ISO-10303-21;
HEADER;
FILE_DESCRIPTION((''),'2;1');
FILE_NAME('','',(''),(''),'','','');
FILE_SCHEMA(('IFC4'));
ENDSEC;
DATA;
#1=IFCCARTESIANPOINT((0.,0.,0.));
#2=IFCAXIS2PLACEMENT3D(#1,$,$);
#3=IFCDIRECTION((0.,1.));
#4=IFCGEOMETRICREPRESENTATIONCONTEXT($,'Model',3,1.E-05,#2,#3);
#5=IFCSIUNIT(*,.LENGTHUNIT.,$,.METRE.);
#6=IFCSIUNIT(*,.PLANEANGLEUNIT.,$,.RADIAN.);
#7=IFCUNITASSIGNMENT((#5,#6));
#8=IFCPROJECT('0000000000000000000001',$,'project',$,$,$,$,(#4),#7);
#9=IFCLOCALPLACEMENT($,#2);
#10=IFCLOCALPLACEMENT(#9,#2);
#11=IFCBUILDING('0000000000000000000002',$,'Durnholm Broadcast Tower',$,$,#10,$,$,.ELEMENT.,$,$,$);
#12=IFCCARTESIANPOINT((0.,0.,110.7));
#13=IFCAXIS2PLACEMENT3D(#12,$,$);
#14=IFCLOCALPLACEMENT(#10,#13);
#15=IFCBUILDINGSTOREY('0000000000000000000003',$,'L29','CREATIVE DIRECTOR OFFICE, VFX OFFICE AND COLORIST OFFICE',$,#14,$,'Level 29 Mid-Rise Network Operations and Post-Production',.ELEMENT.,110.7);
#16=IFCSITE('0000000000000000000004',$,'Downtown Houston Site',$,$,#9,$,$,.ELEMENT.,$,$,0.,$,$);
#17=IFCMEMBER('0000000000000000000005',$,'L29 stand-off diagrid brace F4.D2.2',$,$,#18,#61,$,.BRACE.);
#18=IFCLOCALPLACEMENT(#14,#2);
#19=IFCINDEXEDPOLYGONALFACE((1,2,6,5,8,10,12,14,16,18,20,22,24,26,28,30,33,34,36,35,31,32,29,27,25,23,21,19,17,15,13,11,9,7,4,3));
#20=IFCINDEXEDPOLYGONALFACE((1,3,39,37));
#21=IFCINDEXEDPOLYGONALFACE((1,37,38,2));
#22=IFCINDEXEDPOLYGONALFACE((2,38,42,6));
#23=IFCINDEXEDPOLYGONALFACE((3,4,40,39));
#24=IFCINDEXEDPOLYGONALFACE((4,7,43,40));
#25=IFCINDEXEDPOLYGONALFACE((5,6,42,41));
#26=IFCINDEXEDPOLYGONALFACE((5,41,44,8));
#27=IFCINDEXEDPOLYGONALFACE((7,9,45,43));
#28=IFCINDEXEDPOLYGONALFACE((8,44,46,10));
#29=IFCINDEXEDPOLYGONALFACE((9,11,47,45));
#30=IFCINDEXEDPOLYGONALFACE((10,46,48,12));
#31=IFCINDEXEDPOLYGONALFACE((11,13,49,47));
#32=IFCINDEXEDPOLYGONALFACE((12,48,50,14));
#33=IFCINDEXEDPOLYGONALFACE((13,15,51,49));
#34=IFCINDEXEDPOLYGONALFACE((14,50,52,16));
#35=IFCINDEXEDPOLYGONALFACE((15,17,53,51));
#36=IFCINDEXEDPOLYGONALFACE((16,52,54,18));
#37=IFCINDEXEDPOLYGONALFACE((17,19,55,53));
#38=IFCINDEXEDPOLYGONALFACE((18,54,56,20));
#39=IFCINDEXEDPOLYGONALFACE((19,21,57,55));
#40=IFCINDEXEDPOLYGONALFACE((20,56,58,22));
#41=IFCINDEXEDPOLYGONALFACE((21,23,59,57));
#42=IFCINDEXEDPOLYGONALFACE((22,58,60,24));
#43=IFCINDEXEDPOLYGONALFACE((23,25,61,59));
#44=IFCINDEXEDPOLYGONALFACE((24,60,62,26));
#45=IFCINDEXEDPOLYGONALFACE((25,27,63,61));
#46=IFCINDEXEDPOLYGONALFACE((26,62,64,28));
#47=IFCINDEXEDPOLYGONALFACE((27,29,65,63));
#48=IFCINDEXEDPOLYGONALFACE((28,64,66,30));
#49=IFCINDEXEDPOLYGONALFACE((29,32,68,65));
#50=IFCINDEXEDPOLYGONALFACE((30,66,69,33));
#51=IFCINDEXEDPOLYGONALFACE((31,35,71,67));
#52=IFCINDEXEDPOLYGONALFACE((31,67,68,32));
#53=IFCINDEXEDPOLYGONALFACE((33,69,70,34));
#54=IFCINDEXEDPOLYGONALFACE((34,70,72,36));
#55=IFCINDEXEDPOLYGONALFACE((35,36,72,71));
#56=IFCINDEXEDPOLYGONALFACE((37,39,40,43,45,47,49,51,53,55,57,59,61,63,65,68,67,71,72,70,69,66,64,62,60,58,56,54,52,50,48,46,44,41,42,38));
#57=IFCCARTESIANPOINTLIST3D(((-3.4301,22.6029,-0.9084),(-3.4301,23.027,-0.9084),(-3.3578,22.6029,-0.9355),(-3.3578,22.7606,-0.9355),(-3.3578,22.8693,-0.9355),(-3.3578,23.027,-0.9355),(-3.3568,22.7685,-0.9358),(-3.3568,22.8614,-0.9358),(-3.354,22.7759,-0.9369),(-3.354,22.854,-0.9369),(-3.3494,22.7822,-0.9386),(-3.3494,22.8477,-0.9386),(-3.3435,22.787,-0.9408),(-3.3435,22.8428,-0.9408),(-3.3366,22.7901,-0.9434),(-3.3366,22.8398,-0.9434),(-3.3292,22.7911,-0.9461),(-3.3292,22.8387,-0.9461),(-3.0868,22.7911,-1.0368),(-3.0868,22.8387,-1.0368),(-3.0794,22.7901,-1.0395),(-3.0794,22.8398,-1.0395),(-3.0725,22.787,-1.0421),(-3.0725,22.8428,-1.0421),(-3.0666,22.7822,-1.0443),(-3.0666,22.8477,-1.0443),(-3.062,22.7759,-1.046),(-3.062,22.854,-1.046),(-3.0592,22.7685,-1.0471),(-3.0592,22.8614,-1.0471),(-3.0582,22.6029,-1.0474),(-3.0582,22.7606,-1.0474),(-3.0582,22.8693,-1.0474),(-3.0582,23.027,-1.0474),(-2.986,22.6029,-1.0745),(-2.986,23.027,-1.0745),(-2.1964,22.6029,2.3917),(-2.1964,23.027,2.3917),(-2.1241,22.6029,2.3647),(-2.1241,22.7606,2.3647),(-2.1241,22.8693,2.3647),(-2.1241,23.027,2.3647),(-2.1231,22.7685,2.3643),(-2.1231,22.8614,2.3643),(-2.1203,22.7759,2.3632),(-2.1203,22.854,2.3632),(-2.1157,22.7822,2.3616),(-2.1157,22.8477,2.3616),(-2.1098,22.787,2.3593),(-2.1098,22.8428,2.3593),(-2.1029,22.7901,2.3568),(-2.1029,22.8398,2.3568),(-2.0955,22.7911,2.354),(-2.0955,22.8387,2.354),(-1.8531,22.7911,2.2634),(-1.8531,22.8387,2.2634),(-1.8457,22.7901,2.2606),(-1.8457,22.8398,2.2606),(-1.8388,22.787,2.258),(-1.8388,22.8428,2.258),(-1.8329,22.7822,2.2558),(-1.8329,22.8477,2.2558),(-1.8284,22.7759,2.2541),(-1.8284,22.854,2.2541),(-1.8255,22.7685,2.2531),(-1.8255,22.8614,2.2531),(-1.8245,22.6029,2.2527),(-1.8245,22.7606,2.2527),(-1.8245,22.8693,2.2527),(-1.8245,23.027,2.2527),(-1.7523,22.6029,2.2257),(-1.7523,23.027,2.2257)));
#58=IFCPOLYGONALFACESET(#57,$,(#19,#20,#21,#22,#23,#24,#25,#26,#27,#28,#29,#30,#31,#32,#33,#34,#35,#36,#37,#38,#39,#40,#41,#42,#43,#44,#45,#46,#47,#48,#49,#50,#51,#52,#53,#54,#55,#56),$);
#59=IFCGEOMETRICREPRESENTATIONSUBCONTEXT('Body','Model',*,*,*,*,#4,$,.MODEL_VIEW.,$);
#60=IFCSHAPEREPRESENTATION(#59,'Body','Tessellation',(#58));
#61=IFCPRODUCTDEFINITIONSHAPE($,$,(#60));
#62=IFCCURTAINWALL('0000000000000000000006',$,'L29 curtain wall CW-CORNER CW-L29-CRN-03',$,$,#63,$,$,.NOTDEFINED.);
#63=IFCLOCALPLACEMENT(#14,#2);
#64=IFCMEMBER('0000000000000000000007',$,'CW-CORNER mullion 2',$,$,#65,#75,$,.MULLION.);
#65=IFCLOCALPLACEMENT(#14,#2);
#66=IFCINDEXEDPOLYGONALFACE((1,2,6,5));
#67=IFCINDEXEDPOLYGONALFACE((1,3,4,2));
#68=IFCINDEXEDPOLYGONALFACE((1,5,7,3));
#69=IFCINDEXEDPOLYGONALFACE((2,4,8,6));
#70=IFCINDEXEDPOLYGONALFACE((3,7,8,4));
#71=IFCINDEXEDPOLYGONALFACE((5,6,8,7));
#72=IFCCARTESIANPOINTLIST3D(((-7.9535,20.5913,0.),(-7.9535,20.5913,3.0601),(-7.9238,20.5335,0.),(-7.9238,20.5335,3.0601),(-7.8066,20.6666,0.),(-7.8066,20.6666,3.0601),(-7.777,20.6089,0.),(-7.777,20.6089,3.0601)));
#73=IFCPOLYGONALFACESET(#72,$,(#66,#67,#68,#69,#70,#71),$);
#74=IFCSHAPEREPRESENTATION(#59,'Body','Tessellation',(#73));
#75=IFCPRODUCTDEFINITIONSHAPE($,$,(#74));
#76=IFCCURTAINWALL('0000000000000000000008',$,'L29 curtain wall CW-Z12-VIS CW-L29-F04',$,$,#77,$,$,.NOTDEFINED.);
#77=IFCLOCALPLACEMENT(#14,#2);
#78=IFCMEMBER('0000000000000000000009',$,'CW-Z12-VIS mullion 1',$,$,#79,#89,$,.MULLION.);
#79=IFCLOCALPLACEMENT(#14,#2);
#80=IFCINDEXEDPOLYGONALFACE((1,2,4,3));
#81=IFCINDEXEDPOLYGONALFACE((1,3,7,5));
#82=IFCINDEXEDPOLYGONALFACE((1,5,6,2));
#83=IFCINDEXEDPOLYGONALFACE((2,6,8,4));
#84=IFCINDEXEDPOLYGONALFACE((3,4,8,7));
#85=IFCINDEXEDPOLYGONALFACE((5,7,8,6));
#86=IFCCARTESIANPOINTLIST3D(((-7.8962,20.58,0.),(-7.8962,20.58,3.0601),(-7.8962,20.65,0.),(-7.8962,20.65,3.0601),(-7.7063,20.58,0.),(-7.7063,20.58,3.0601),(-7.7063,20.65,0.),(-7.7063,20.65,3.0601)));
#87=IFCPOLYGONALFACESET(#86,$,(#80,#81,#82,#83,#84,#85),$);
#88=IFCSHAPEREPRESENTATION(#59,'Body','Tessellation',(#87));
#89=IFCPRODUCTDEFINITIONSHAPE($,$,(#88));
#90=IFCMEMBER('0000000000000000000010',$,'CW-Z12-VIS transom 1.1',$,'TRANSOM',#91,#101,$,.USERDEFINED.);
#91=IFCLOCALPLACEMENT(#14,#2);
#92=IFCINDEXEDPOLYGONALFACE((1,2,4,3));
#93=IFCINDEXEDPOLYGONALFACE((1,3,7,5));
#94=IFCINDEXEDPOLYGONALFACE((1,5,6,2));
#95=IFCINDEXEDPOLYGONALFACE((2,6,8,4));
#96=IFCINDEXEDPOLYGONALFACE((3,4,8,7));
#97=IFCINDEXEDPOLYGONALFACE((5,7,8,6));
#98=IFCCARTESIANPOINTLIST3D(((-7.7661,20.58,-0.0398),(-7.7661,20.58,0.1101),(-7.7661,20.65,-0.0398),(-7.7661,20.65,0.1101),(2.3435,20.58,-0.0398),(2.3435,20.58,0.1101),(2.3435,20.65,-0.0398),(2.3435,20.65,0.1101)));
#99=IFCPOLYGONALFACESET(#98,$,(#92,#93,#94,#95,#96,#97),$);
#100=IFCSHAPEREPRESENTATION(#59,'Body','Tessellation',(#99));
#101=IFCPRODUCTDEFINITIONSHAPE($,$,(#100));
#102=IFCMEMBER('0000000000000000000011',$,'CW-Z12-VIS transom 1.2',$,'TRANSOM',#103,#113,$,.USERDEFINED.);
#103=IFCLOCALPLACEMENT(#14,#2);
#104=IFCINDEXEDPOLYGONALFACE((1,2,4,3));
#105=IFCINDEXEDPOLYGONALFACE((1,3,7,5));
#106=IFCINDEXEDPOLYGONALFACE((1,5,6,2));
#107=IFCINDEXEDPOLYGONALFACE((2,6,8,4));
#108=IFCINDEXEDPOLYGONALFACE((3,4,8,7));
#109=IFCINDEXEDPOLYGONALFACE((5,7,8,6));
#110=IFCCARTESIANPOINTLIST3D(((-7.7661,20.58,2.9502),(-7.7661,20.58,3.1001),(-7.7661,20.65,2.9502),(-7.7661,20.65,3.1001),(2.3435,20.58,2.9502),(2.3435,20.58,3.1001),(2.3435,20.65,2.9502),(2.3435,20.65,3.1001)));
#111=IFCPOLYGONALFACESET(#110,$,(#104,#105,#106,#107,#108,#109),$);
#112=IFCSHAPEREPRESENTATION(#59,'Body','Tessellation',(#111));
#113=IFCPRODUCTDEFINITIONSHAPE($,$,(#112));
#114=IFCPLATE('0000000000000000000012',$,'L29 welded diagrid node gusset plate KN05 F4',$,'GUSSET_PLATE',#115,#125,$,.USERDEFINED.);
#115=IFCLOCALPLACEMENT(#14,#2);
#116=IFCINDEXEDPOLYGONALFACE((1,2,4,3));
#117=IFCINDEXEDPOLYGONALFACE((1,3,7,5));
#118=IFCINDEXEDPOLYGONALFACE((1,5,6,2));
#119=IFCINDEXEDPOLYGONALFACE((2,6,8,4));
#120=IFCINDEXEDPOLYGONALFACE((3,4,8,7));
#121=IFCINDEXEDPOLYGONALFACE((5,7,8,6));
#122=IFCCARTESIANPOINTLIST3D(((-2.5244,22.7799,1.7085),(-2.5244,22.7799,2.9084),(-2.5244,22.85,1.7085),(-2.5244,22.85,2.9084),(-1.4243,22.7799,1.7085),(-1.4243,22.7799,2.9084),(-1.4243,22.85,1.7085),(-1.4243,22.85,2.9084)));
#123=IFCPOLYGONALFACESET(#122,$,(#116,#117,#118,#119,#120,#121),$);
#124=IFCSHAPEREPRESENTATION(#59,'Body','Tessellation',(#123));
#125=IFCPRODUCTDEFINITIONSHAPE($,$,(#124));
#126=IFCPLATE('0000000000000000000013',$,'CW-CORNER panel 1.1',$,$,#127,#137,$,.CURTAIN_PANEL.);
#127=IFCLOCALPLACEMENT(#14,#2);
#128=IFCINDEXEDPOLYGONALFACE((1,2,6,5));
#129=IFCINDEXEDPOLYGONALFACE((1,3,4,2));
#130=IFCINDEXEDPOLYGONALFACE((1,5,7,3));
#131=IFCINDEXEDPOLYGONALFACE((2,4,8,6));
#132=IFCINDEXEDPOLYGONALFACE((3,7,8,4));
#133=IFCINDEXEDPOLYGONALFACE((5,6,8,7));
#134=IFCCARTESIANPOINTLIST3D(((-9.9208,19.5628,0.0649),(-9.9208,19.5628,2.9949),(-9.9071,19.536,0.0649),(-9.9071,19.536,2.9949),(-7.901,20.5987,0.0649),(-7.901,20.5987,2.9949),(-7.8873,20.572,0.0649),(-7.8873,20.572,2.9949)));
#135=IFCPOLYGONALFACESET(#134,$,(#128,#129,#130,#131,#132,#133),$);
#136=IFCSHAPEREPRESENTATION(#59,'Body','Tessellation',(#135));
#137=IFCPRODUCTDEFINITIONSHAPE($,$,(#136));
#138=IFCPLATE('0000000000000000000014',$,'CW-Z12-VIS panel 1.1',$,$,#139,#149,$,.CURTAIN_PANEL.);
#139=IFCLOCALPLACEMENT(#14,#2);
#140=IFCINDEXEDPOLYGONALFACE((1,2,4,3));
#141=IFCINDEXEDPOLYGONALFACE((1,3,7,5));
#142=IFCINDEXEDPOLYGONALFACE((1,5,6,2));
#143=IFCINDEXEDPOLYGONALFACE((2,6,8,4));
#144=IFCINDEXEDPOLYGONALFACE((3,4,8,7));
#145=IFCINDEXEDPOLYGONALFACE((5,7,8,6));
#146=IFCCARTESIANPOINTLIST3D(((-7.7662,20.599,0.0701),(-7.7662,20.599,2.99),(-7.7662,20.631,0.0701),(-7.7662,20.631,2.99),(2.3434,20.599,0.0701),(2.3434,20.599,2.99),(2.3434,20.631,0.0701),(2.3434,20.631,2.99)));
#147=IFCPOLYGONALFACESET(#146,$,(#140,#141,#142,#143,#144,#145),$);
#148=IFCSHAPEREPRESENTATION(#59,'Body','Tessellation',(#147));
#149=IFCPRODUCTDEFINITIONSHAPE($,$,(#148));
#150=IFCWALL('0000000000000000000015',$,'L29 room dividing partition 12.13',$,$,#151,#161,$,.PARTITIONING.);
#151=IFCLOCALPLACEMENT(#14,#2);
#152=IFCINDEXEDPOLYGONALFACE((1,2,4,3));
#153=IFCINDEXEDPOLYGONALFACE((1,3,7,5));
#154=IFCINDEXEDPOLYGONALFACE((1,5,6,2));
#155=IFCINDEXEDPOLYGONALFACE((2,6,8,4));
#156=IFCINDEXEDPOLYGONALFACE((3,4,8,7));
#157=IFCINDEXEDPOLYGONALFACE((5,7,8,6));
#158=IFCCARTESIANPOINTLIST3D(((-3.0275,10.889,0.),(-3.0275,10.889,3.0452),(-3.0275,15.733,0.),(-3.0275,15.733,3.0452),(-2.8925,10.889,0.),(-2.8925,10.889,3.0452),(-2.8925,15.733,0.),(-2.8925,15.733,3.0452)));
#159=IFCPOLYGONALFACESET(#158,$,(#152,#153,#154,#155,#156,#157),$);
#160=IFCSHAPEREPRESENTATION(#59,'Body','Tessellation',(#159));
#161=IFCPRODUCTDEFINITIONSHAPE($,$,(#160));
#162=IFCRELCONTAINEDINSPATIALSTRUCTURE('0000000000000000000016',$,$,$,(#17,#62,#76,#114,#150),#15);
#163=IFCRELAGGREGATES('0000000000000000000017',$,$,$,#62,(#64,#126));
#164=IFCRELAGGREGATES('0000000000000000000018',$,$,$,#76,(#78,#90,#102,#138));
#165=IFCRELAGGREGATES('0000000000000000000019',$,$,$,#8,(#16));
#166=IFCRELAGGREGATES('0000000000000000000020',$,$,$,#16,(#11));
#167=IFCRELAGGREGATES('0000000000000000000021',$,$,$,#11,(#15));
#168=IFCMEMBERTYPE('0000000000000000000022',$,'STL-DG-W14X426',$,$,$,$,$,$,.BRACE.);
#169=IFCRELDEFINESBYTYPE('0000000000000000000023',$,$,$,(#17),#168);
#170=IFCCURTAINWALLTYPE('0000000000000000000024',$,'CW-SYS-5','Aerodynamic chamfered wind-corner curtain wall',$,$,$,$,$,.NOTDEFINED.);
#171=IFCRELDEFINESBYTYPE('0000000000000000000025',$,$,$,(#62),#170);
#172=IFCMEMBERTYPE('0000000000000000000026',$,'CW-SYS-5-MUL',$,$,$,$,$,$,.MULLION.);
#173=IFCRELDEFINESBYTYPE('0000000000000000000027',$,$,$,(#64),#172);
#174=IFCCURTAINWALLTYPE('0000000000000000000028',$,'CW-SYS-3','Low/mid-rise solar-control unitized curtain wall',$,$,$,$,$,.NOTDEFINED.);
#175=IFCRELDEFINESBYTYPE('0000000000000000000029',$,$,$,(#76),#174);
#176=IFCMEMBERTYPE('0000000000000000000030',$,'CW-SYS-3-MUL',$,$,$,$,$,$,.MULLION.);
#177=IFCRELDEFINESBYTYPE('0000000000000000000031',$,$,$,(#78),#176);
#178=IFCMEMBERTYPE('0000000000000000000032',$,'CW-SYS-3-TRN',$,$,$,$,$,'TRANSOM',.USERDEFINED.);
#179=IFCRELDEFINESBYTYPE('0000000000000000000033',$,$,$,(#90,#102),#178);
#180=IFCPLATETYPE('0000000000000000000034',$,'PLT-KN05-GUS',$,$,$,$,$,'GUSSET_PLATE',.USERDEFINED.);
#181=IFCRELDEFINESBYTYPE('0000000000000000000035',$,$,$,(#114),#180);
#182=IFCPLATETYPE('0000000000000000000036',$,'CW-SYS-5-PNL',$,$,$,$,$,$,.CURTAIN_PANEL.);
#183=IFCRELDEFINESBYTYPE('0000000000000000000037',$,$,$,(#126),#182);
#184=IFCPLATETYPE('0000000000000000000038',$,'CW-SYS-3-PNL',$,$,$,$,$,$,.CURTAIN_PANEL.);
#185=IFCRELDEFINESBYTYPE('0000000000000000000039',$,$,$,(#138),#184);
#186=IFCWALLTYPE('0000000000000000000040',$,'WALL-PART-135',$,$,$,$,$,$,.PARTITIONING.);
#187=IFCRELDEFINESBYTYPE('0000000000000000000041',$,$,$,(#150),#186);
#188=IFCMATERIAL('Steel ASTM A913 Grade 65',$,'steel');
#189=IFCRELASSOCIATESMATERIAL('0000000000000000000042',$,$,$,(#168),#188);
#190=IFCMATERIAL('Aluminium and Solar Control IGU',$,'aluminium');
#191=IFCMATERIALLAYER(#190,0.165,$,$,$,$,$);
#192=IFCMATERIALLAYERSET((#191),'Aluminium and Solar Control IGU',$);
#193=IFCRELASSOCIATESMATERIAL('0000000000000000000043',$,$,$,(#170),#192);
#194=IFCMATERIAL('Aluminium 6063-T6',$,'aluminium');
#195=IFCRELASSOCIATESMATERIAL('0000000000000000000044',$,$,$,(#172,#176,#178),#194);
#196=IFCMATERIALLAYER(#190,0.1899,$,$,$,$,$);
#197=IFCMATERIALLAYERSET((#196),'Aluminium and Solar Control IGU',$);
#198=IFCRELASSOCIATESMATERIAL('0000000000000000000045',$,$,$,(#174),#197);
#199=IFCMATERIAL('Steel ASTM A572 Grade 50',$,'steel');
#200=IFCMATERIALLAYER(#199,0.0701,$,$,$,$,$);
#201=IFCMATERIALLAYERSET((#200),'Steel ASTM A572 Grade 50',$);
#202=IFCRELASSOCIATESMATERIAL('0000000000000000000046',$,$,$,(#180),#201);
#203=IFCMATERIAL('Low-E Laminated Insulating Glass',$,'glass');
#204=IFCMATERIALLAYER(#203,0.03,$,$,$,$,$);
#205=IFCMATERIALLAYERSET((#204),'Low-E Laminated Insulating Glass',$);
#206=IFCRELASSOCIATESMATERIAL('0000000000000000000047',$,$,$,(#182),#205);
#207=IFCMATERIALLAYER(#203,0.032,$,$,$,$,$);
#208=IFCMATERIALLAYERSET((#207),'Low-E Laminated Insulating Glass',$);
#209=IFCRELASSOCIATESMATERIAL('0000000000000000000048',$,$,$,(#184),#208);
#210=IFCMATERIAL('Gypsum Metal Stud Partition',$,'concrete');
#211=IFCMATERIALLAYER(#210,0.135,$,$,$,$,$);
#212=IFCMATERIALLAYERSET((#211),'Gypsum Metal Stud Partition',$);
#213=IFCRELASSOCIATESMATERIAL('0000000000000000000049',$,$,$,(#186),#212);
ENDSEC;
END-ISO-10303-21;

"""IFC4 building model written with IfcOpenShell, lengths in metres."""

from ifc_helpers import new_model, si_unit, direction, frame, frame_2d, origin, origin_2d, place, context, subcontext, project, spatial, rectangle, i_section, extrude, source, transform, mapped, material, layer, layer_set, material_profile, profile_set, type_object, type_shapes, element, aggregate, save


model = new_model("IFC4")

# Units and contexts
model_context = context("Model", 3, precision=1e-05, world=origin(), true_north=direction((0.0, 1.0)))
body_context = subcontext(model_context, "Body", "Model", "MODEL_VIEW")
ifc_project = project(units=[si_unit("LENGTHUNIT", "METRE"), si_unit("PLANEANGLEUNIT", "RADIAN")], contexts=[model_context])

# Site, building, storey
site_placement = place(None, origin())
site = spatial("IfcSite", under=ifc_project, at=site_placement, Name="Downtown Houston Site", CompositionType="ELEMENT", RefElevation=0.0)
building_placement = place(site_placement, origin())
building = spatial("IfcBuilding", under=site, at=building_placement, Name="Durnholm Broadcast Tower", CompositionType="ELEMENT")
storey_placement = place(building_placement, frame((0.0, 0.0, 110.7)))
storey = spatial("IfcBuildingStorey", under=building, at=storey_placement, Name="L29", Description="CREATIVE DIRECTOR OFFICE, VFX OFFICE AND COLORIST OFFICE", LongName="Level 29 Mid-Rise Network Operations and Post-Production", CompositionType="ELEMENT", Elevation=110.7)

# Member
ifc_material_1 = material(Name="Steel ASTM A913 Grade 65", Category="steel")
ifc_material_profile_1 = material_profile(ifc_material_1, i_section(OverallWidth=0.4241, OverallDepth=0.4741, WebThickness=0.0476, FlangeThickness=0.0771, FilletRadius=0.0305, at=origin_2d()), Name="W14X426")
ifc_profile_set_1 = profile_set([ifc_material_profile_1], Name="Steel ASTM A913 Grade 65")
member_type_1 = type_object("IfcMemberType", Name="STL-DG-W14X426", PredefinedType="BRACE", material=ifc_profile_set_1)
shared_shape_1 = source(origin(), body_context, "Body", "SweptSolid", [
    extrude(i_section(OverallWidth=0.4241, OverallDepth=0.4741, WebThickness=0.0476, FlangeThickness=0.0771, FilletRadius=0.0305, at=origin_2d()), origin(), (0.0, 0.0, 1.0), 3.5232),
])
type_shapes(member_type_1, [shared_shape_1])
for number, where, z_axis, x_axis, name in (
    (1, (-3.208, 22.8149, -0.9915), (0.350159, 0.0, 0.93669), (0.0, 1.0, 0.0), "L29 stand-off diagrid brace F4.D2.2"),
):
    element("IfcMember", number, at=place(storey_placement, frame(where, z_axis=z_axis, x_axis=x_axis)), inside=storey, type_object=member_type_1, Name=name, PredefinedType="BRACE", context=body_context, shape_type="MappedRepresentation", body=[
        mapped(shared_shape_1, transform((0.0, 0.0, 0.0), x_axis=(1.0, 0.0, 0.0), y_axis=(0.0, 1.0, 0.0), z_axis=(0.0, 0.0, 1.0), scale=1.0)),
    ])

# Curtain wall, member
ifc_material_2 = material(Name="Aluminium and Solar Control IGU", Category="aluminium")
ifc_layer_1 = layer(ifc_material_2, 0.165)
ifc_layer_set_1 = layer_set([ifc_layer_1], Name="Aluminium and Solar Control IGU")
curtain_wall_type_1 = type_object("IfcCurtainWallType", Name="CW-SYS-5", Description="Aerodynamic chamfered wind-corner curtain wall", PredefinedType="NOTDEFINED", material=ifc_layer_set_1)
curtain_wall_1_placement = place(storey_placement, origin())
curtain_wall_1 = element("IfcCurtainWall", 2, at=curtain_wall_1_placement, inside=storey, type_object=curtain_wall_type_1, Name="L29 curtain wall CW-CORNER CW-L29-CRN-03", PredefinedType="NOTDEFINED")
ifc_material_3 = material(Name="Aluminium 6063-T6", Category="aluminium")
ifc_material_profile_2 = material_profile(ifc_material_3, rectangle(XDim=0.0649, YDim=0.165, at=origin_2d()), Name="CWM65X165")
ifc_profile_set_2 = profile_set([ifc_material_profile_2], Name="Aluminium 6063-T6")
member_type_2 = type_object("IfcMemberType", Name="CW-SYS-5-MUL", PredefinedType="MULLION", material=ifc_profile_set_2)
shared_shape_2 = source(origin(), body_context, "Body", "SweptSolid", [
    extrude(rectangle(XDim=0.0649, YDim=0.165, at=origin_2d()), origin(), (0.0, 0.0, 1.0), 3.0601),
])
type_shapes(member_type_2, [shared_shape_2])
member_1_placement = place(storey_placement, frame((-7.8652, 20.6001, 0.0), z_axis=(0.0, 0.0, 1.0), x_axis=(-0.456373, 0.889788, 0.0)))
member_1 = element("IfcMember", 3, at=member_1_placement, type_object=member_type_2, Name="CW-CORNER mullion 2", PredefinedType="MULLION", context=body_context, shape_type="MappedRepresentation", body=[
    mapped(shared_shape_2, transform((0.0, 0.0, 0.0), x_axis=(1.0, 0.0, 0.0), y_axis=(0.0, 1.0, 0.0), z_axis=(0.0, 0.0, 1.0), scale=1.0)),
])

# Curtain wall, members
ifc_layer_2 = layer(ifc_material_2, 0.1899)
ifc_layer_set_2 = layer_set([ifc_layer_2], Name="Aluminium and Solar Control IGU")
curtain_wall_type_2 = type_object("IfcCurtainWallType", Name="CW-SYS-3", Description="Low/mid-rise solar-control unitized curtain wall", PredefinedType="NOTDEFINED", material=ifc_layer_set_2)
curtain_wall_2_placement = place(storey_placement, origin())
curtain_wall_2 = element("IfcCurtainWall", 4, at=curtain_wall_2_placement, inside=storey, type_object=curtain_wall_type_2, Name="L29 curtain wall CW-Z12-VIS CW-L29-F04", PredefinedType="NOTDEFINED")
ifc_material_profile_3 = material_profile(ifc_material_3, rectangle(XDim=0.0701, YDim=0.1899, at=origin_2d()), Name="CWM70X190")
ifc_profile_set_3 = profile_set([ifc_material_profile_3], Name="Aluminium 6063-T6")
member_type_3 = type_object("IfcMemberType", Name="CW-SYS-3-MUL", PredefinedType="MULLION", material=ifc_profile_set_3)
shared_shape_3 = source(origin(), body_context, "Body", "SweptSolid", [
    extrude(rectangle(XDim=0.0701, YDim=0.1899, at=origin_2d()), origin(), (0.0, 0.0, 1.0), 3.0601),
])
type_shapes(member_type_3, [shared_shape_3])
member_2_placement = place(storey_placement, frame((-7.8013, 20.615, 0.0), z_axis=(0.0, 0.0, 1.0), x_axis=(0.0, 1.0, 0.0)))
member_2 = element("IfcMember", 5, at=member_2_placement, type_object=member_type_3, Name="CW-Z12-VIS mullion 1", PredefinedType="MULLION", context=body_context, shape_type="MappedRepresentation", body=[
    mapped(shared_shape_3, transform((0.0, 0.0, 0.0), x_axis=(1.0, 0.0, 0.0), y_axis=(0.0, 1.0, 0.0), z_axis=(0.0, 0.0, 1.0), scale=1.0)),
])
ifc_material_profile_4 = material_profile(ifc_material_3, rectangle(XDim=0.0701, YDim=0.1499, at=origin_2d()), Name="CWT70X150")
ifc_profile_set_4 = profile_set([ifc_material_profile_4], Name="Aluminium 6063-T6")
member_type_4 = type_object("IfcMemberType", Name="CW-SYS-3-TRN", ElementType="TRANSOM", PredefinedType="USERDEFINED", material=ifc_profile_set_4)
shared_shape_4 = source(origin(), body_context, "Body", "SweptSolid", [
    extrude(rectangle(XDim=0.0701, YDim=0.1499, at=origin_2d()), origin(), (0.0, 0.0, 1.0), 10.1096),
])
type_shapes(member_type_4, [shared_shape_4])
member_3_placement = place(storey_placement, frame((-7.7661, 20.615, 0.0352), z_axis=(1.0, 0.0, 0.0), x_axis=(0.0, 1.0, 0.0)))
member_3 = element("IfcMember", 6, at=member_3_placement, type_object=member_type_4, Name="CW-Z12-VIS transom 1.1", ObjectType="TRANSOM", PredefinedType="USERDEFINED", context=body_context, shape_type="MappedRepresentation", body=[
    mapped(shared_shape_4, transform((0.0, 0.0, 0.0), x_axis=(1.0, 0.0, 0.0), y_axis=(0.0, 1.0, 0.0), z_axis=(0.0, 0.0, 1.0), scale=1.0)),
])
member_4_placement = place(storey_placement, frame((-7.7661, 20.615, 3.0251), z_axis=(1.0, 0.0, 0.0), x_axis=(0.0, 1.0, 0.0)))
member_4 = element("IfcMember", 7, at=member_4_placement, type_object=member_type_4, Name="CW-Z12-VIS transom 1.2", ObjectType="TRANSOM", PredefinedType="USERDEFINED", context=body_context, shape_type="MappedRepresentation", body=[
    mapped(shared_shape_4, transform((0.0, 0.0, 0.0), x_axis=(1.0, 0.0, 0.0), y_axis=(0.0, 1.0, 0.0), z_axis=(0.0, 0.0, 1.0), scale=1.0)),
])

# Plates
ifc_material_4 = material(Name="Steel ASTM A572 Grade 50", Category="steel")
ifc_layer_3 = layer(ifc_material_4, 0.0701)
ifc_layer_set_3 = layer_set([ifc_layer_3], Name="Steel ASTM A572 Grade 50")
plate_type_1 = type_object("IfcPlateType", Name="PLT-KN05-GUS", ElementType="GUSSET_PLATE", PredefinedType="USERDEFINED", material=ifc_layer_set_3)
shared_shape_5 = source(origin(), body_context, "Body", "SweptSolid", [
    extrude(rectangle(XDim=1.1001, YDim=0.0701, at=origin_2d()), origin(), (0.0, 0.0, 1.0), 1.2),
])
type_shapes(plate_type_1, [shared_shape_5])
plate_1_placement = place(storey_placement, frame((-1.9744, 22.8149, 1.7085), z_axis=(0.0, 0.0, 1.0), x_axis=(-1.0, 0.0, 0.0)))
element("IfcPlate", 8, at=plate_1_placement, inside=storey, type_object=plate_type_1, Name="L29 welded diagrid node gusset plate KN05 F4", ObjectType="GUSSET_PLATE", PredefinedType="USERDEFINED", context=body_context, shape_type="MappedRepresentation", body=[
    mapped(shared_shape_5, transform((0.0, 0.0, 0.0), x_axis=(1.0, 0.0, 0.0), y_axis=(0.0, 1.0, 0.0), z_axis=(0.0, 0.0, 1.0), scale=1.0)),
])
ifc_material_5 = material(Name="Low-E Laminated Insulating Glass", Category="glass")
ifc_layer_4 = layer(ifc_material_5, 0.03)
ifc_layer_set_4 = layer_set([ifc_layer_4], Name="Low-E Laminated Insulating Glass")
plate_type_2 = type_object("IfcPlateType", Name="CW-SYS-5-PNL", PredefinedType="CURTAIN_PANEL", material=ifc_layer_set_4)
shared_shape_6 = source(origin(), body_context, "Body", "SweptSolid", [
    extrude(rectangle(XDim=2.27, YDim=0.03, at=origin_2d()), origin(), (0.0, 0.0, 1.0), 2.9299),
])
type_shapes(plate_type_2, [shared_shape_6])
plate_2_placement = place(storey_placement, frame((-8.9041, 20.0674, 0.0649), z_axis=(0.0, 0.0, 1.0), x_axis=(0.889788, 0.456373, 0.0)))
plate_2 = element("IfcPlate", 9, at=plate_2_placement, type_object=plate_type_2, Name="CW-CORNER panel 1.1", PredefinedType="CURTAIN_PANEL", context=body_context, shape_type="MappedRepresentation", body=[
    mapped(shared_shape_6, transform((0.0, 0.0, 0.0), x_axis=(1.0, 0.0, 0.0), y_axis=(0.0, 1.0, 0.0), z_axis=(0.0, 0.0, 1.0), scale=1.0)),
])
aggregate(curtain_wall_1, [member_1, plate_2])
ifc_layer_5 = layer(ifc_material_5, 0.032)
ifc_layer_set_5 = layer_set([ifc_layer_5], Name="Low-E Laminated Insulating Glass")
plate_type_3 = type_object("IfcPlateType", Name="CW-SYS-3-PNL", PredefinedType="CURTAIN_PANEL", material=ifc_layer_set_5)
shared_shape_7 = source(origin(), body_context, "Body", "SweptSolid", [
    extrude(rectangle(XDim=10.1096, YDim=0.032, at=origin_2d()), origin(), (0.0, 0.0, 1.0), 2.9199),
])
type_shapes(plate_type_3, [shared_shape_7])
plate_3_placement = place(storey_placement, frame((-2.7114, 20.615, 0.0701), z_axis=(0.0, 0.0, 1.0), x_axis=(1.0, 0.0, 0.0)))
plate_3 = element("IfcPlate", 10, at=plate_3_placement, type_object=plate_type_3, Name="CW-Z12-VIS panel 1.1", PredefinedType="CURTAIN_PANEL", context=body_context, shape_type="MappedRepresentation", body=[
    mapped(shared_shape_7, transform((0.0, 0.0, 0.0), x_axis=(1.0, 0.0, 0.0), y_axis=(0.0, 1.0, 0.0), z_axis=(0.0, 0.0, 1.0), scale=1.0)),
])
aggregate(curtain_wall_2, [member_2, member_3, member_4, plate_3])

# Wall
ifc_material_6 = material(Name="Gypsum Metal Stud Partition", Category="concrete")
ifc_layer_6 = layer(ifc_material_6, 0.135)
ifc_layer_set_6 = layer_set([ifc_layer_6], Name="Gypsum Metal Stud Partition")
wall_type_1 = type_object("IfcWallType", Name="WALL-PART-135", PredefinedType="PARTITIONING", material=ifc_layer_set_6)
wall_1_placement = place(storey_placement, frame((-2.96, 15.7329, 0.0), z_axis=(0.0, 0.0, 1.0), x_axis=(0.0, -1.0, 0.0)))
element("IfcWall", 11, at=wall_1_placement, inside=storey, type_object=wall_type_1, Name="L29 room dividing partition 12.13", PredefinedType="PARTITIONING", context=body_context, shape_type="SweptSolid", body=[
    extrude(rectangle(XDim=4.844, YDim=0.135, at=frame_2d((2.4219, 0.0))), origin(), (0.0, 0.0, 1.0), 3.0452),
])

save(model, "model.ifc")
